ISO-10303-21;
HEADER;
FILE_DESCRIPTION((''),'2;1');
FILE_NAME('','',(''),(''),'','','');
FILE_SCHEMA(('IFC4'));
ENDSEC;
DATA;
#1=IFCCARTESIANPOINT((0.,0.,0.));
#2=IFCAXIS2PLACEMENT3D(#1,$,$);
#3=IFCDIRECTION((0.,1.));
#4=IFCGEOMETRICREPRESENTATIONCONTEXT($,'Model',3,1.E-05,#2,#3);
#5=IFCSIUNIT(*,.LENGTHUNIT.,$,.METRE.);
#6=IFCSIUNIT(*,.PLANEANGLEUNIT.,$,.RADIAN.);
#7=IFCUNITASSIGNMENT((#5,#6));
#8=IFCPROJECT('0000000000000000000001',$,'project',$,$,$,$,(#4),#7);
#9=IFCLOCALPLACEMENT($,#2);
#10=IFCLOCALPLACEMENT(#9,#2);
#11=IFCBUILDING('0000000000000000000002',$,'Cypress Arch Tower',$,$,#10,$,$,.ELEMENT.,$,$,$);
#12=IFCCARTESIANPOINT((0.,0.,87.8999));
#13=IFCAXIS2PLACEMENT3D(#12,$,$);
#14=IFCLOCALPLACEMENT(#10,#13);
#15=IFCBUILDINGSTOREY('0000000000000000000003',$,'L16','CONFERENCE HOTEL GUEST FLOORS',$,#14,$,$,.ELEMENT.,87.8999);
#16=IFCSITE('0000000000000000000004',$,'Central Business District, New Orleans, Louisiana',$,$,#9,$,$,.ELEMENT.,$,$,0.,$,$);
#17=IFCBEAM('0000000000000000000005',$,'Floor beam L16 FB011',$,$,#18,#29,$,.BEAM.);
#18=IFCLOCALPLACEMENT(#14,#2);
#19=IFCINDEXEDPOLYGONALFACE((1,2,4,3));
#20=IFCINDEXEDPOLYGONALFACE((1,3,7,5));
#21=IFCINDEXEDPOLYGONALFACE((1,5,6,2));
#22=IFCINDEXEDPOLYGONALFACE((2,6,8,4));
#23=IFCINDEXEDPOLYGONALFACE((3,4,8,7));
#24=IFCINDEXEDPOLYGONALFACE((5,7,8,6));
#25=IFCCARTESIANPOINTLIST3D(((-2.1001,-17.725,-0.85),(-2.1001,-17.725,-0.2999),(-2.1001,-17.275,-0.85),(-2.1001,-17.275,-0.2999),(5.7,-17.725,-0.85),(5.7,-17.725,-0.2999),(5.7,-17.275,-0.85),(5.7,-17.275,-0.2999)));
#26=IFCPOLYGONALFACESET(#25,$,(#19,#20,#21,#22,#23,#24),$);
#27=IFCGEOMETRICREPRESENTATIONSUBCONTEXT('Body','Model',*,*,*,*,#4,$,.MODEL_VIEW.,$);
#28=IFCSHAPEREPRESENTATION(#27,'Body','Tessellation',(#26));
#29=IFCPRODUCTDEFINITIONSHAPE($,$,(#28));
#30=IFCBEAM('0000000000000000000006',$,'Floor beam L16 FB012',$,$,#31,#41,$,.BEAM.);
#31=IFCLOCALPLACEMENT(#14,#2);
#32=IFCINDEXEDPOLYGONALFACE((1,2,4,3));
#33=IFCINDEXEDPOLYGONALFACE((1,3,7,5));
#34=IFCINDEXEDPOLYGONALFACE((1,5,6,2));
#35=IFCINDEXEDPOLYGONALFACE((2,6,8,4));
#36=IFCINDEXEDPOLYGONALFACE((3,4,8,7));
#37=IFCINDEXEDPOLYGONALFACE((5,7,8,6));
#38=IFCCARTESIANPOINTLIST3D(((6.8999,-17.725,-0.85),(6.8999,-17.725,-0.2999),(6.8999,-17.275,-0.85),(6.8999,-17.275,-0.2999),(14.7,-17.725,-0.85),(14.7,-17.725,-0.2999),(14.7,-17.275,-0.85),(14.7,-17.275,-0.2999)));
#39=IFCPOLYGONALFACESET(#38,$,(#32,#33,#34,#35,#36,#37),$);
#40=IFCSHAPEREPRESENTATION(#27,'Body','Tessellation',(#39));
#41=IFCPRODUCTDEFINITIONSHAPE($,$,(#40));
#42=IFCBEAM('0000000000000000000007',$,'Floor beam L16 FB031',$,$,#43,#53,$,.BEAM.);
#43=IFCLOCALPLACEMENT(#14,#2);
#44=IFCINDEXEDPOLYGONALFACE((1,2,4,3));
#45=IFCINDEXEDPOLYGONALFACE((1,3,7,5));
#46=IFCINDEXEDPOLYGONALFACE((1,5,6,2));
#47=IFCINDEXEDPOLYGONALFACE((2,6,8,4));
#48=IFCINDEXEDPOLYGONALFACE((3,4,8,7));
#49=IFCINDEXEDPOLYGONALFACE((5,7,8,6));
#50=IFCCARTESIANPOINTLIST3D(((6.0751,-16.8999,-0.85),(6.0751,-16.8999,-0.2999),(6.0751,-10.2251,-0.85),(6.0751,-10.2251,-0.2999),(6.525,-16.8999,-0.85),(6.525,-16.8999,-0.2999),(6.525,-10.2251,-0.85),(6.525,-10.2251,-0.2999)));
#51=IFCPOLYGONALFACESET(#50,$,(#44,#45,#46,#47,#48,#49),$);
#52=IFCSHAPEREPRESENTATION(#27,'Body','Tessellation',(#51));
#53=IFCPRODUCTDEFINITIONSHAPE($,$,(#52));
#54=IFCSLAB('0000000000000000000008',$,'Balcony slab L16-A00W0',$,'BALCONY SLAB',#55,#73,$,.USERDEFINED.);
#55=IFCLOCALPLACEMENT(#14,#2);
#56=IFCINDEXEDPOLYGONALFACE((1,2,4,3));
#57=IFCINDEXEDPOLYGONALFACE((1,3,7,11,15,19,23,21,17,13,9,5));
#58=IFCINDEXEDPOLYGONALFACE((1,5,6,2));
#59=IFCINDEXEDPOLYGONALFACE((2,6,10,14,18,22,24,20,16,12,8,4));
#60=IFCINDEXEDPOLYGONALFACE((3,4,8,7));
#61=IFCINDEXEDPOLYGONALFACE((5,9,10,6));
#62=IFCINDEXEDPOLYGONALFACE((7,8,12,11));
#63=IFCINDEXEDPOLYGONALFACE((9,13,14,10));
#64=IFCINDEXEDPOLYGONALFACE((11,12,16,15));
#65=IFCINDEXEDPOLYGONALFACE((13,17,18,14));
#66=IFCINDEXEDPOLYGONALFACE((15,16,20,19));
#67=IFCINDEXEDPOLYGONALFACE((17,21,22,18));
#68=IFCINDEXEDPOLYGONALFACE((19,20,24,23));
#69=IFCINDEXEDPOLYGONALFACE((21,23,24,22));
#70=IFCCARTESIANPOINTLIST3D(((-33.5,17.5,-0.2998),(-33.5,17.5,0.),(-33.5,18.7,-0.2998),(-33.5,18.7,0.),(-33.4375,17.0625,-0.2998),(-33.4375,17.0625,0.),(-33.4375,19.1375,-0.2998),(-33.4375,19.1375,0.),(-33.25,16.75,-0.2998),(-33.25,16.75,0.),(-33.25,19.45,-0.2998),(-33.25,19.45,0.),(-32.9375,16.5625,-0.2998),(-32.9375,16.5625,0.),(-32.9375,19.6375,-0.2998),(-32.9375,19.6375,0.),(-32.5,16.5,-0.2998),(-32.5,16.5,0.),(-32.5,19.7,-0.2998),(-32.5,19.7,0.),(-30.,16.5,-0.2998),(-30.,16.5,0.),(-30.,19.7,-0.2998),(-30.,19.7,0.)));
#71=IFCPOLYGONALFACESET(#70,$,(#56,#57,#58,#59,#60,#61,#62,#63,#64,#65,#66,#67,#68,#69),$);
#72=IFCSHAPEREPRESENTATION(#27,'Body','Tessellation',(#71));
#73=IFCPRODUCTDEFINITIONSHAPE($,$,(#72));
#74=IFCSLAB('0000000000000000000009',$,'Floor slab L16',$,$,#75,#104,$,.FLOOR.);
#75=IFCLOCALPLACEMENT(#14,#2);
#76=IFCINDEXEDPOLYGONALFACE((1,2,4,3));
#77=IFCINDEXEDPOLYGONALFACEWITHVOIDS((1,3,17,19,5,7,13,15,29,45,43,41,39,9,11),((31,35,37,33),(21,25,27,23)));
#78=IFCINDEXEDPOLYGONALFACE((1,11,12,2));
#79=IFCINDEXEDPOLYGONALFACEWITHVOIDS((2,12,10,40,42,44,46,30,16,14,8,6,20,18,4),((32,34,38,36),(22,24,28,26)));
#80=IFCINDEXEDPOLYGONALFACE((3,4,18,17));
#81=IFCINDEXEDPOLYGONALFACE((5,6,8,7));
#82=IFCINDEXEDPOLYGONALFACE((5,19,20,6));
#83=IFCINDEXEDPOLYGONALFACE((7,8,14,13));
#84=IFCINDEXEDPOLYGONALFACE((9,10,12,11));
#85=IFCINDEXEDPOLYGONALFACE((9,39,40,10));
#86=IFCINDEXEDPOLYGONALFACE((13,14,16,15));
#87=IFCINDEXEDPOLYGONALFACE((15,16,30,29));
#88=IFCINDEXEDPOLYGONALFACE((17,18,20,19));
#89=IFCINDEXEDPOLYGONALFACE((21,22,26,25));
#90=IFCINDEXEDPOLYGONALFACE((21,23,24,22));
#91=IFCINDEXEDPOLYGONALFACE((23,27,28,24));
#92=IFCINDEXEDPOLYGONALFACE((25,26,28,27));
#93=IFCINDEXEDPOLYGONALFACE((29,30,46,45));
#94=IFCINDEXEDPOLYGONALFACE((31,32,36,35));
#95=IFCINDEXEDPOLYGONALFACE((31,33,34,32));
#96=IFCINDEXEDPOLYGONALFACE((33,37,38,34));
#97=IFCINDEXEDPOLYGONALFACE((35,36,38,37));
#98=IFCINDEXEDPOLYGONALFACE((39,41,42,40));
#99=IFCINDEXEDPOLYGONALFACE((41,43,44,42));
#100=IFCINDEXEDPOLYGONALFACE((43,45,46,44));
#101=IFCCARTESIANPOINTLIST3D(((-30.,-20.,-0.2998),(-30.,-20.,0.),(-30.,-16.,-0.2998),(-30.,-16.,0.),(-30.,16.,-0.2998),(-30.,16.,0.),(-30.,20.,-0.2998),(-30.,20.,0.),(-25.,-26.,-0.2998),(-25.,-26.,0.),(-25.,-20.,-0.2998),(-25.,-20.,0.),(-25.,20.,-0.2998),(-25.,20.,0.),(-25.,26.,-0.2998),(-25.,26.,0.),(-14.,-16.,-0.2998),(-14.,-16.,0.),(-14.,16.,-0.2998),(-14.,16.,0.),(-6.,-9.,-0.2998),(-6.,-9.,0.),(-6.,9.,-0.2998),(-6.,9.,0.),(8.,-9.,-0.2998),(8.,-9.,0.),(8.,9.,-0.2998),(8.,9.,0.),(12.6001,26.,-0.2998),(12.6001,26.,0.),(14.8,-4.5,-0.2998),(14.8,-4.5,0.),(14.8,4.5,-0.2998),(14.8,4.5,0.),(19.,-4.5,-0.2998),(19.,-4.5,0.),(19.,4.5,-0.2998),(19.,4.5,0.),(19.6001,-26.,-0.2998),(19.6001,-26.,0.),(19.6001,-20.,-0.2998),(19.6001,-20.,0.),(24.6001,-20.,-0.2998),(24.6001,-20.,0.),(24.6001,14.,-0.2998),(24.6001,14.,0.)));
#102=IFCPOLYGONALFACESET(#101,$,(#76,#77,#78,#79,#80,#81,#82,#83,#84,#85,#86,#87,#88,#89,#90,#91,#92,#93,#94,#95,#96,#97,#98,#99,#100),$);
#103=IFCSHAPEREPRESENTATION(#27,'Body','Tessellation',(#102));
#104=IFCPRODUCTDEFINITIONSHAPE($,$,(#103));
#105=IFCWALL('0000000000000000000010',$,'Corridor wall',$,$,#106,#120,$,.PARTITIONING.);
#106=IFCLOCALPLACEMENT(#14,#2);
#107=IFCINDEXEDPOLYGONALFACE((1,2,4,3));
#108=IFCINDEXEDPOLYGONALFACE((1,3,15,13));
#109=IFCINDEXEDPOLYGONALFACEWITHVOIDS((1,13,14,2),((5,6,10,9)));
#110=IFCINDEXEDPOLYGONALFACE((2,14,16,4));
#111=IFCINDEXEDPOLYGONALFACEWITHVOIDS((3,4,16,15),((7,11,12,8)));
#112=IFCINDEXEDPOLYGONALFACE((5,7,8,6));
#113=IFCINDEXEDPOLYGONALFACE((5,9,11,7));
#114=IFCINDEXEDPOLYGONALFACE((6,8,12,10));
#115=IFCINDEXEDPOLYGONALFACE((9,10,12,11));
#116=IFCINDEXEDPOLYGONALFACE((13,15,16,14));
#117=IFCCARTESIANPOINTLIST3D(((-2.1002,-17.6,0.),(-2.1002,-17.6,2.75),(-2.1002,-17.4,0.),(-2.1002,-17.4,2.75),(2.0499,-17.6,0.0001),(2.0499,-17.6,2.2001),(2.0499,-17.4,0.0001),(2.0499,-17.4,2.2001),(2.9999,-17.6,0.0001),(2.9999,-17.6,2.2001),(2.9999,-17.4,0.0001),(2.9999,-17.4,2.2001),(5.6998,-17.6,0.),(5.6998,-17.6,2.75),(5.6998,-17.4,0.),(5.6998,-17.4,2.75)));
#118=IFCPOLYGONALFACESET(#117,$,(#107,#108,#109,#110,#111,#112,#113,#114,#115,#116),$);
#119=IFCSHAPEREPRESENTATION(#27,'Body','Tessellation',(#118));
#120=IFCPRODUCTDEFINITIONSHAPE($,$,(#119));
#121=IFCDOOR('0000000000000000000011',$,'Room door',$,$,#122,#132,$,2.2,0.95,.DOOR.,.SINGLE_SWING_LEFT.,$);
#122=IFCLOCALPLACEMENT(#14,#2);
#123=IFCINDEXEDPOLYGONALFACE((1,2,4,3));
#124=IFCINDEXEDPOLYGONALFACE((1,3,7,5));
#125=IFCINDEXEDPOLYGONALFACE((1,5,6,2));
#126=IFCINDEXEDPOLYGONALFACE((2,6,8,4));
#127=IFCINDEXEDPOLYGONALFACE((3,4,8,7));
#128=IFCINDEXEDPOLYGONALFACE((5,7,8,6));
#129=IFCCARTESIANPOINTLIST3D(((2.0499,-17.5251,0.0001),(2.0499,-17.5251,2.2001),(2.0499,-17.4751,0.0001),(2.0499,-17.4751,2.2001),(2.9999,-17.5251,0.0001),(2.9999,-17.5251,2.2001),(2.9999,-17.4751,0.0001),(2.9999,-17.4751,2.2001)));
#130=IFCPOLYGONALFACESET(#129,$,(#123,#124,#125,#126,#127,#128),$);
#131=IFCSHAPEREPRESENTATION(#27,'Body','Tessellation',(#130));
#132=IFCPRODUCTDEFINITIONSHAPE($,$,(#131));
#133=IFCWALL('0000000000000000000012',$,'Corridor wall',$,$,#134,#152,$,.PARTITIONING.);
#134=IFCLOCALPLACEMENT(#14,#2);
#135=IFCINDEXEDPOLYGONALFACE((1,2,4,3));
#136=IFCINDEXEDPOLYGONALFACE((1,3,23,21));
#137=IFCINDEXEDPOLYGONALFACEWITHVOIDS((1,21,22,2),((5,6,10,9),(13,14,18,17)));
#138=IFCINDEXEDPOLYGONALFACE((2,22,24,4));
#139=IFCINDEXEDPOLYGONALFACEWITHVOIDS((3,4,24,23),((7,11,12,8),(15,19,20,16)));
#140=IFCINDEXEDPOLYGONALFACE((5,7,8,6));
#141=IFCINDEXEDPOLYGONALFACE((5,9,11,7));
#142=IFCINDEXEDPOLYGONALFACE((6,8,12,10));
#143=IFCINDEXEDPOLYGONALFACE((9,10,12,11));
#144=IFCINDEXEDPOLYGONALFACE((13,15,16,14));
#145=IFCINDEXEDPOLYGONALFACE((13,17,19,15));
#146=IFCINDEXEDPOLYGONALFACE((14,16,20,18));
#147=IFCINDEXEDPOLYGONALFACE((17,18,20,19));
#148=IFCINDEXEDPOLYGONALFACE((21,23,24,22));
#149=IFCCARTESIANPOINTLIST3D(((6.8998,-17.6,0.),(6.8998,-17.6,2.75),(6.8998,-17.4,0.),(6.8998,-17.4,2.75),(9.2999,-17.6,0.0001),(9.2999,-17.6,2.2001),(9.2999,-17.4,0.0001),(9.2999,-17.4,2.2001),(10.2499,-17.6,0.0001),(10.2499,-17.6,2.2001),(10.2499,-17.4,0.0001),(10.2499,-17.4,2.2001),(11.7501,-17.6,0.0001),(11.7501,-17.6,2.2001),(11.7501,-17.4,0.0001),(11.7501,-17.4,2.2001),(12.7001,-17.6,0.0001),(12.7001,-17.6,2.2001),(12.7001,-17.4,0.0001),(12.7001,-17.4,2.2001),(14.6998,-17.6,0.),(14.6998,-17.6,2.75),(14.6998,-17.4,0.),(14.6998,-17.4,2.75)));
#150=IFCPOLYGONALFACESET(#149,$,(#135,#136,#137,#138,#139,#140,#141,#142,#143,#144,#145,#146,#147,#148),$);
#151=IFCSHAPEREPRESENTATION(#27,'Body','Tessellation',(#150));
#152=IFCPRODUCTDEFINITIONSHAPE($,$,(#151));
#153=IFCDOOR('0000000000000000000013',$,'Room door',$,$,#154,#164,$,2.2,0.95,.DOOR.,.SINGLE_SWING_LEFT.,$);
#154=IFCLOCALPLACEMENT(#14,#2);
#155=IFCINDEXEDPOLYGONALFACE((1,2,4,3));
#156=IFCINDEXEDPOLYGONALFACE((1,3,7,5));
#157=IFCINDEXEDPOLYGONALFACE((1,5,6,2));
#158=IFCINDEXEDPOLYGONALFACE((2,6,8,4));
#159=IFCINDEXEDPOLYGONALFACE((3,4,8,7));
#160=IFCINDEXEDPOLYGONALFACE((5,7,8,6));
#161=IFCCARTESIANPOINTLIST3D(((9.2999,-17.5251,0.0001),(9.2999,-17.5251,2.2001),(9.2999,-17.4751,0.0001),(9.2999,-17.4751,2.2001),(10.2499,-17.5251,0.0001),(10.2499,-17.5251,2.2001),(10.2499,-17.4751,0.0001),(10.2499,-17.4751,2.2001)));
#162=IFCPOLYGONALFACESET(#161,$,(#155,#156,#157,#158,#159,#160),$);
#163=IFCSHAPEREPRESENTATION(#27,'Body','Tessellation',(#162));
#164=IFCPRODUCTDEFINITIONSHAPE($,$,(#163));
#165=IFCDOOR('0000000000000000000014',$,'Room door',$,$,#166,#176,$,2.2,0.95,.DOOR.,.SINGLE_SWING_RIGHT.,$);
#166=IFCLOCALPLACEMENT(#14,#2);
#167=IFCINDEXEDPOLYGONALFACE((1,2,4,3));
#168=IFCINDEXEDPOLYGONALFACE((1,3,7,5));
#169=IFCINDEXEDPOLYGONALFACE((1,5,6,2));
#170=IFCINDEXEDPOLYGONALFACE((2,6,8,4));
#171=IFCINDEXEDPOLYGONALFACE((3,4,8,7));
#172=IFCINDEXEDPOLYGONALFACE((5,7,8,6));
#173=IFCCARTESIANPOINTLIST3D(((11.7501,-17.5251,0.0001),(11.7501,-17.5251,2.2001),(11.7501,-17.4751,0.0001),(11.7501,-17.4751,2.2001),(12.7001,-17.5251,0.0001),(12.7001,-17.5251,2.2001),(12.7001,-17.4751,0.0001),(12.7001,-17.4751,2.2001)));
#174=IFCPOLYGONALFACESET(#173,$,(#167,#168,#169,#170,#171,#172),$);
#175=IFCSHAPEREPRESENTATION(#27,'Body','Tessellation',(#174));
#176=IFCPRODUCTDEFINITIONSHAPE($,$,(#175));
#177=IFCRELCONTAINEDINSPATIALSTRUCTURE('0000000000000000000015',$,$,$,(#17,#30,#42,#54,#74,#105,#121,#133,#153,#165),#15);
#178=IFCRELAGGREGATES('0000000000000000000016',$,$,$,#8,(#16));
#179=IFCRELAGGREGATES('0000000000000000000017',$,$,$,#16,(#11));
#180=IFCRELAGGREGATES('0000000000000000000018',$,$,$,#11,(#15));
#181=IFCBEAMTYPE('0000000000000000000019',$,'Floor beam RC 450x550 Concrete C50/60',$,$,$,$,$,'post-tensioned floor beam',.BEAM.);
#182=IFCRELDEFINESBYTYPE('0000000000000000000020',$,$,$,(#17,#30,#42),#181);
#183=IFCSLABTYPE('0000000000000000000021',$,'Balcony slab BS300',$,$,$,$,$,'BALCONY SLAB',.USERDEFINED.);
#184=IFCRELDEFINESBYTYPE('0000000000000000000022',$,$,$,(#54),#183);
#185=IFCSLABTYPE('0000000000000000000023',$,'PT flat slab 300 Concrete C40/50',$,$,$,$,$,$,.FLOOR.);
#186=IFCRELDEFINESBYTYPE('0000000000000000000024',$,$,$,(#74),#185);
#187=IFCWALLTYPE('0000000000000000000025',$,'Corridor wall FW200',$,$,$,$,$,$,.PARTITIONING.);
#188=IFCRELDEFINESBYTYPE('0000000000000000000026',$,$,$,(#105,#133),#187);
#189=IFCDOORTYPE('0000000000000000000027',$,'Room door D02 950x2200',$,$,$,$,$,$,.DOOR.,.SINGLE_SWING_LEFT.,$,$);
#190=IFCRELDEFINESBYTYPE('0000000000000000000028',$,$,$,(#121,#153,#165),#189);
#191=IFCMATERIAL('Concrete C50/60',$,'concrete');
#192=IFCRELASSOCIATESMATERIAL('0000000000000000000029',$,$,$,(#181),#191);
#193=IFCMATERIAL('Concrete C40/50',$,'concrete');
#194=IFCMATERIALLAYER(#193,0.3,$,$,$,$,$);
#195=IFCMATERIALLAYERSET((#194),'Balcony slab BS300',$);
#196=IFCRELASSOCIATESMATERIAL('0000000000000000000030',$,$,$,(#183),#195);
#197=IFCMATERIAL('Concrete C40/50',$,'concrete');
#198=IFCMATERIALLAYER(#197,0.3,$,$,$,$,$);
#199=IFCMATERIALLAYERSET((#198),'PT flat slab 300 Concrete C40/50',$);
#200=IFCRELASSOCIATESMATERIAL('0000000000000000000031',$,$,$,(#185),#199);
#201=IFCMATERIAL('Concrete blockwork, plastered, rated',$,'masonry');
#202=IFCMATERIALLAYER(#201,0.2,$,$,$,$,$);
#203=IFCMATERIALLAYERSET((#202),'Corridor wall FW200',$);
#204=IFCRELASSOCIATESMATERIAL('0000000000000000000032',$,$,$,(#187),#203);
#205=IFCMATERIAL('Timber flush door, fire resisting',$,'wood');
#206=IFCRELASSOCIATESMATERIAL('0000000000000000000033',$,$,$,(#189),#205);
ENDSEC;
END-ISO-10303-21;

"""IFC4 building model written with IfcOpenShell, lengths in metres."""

from ifc_helpers import new_model, si_unit, direction, frame, frame_2d, origin, origin_2d, place, context, subcontext, project, spatial, polyline, rectangle, outline, extrude, material, layer, layer_set, material_profile, profile_set, type_object, element, fill, save


model = new_model("IFC4")

# Units and contexts
model_context = context("Model", 3, precision=1e-05, world=origin(), true_north=direction((0.0, 1.0)))
body_context = subcontext(model_context, "Body", "Model", "MODEL_VIEW")
ifc_project = project(units=[si_unit("LENGTHUNIT", "METRE"), si_unit("PLANEANGLEUNIT", "RADIAN")], contexts=[model_context])

# Site, building, storey
site_placement = place(None, origin())
site = spatial("IfcSite", under=ifc_project, at=site_placement, Name="Central Business District, New Orleans, Louisiana", CompositionType="ELEMENT", RefElevation=0.0)
building_placement = place(site_placement, origin())
building = spatial("IfcBuilding", under=site, at=building_placement, Name="Cypress Arch Tower", CompositionType="ELEMENT")
storey_placement = place(building_placement, frame((0.0, 0.0, 87.8999)))
storey = spatial("IfcBuildingStorey", under=building, at=storey_placement, Name="L16", Description="CONFERENCE HOTEL GUEST FLOORS", CompositionType="ELEMENT", Elevation=87.8999)

# Beams
ifc_material_1 = material(Name="Concrete C50/60", Category="concrete")
ifc_material_profile_1 = material_profile(ifc_material_1, rectangle(XDim=0.45, YDim=0.55, at=origin_2d()), Name="RC 450x550")
ifc_profile_set_1 = profile_set([ifc_material_profile_1], Name="Concrete C50/60")
beam_type_1 = type_object("IfcBeamType", Name="Floor beam RC 450x550 Concrete C50/60", ElementType="post-tensioned floor beam", PredefinedType="BEAM", material=ifc_profile_set_1)
for number, where, z_axis, x_axis, name in (
    (1, (-2.1001, -17.5, -0.575), (1.0, 0.0, 0.0), (0.0, 1.0, 0.0), "Floor beam L16 FB011"),
    (2, (6.8999, -17.5, -0.575), (1.0, 0.0, 0.0), (0.0, 1.0, 0.0), "Floor beam L16 FB012"),
):
    element("IfcBeam", number, at=place(storey_placement, frame(where, z_axis=z_axis, x_axis=x_axis)), inside=storey, type_object=beam_type_1, Name=name, PredefinedType="BEAM", context=body_context, shape_type="SweptSolid", body=[
        extrude(rectangle(XDim=0.45, YDim=0.55, at=origin_2d()), origin(), (0.0, 0.0, 1.0), 7.8),
    ])
beam_1_placement = place(storey_placement, frame((6.3, -16.8999, -0.575), z_axis=(0.0, 1.0, 0.0), x_axis=(-1.0, 0.0, 0.0)))
element("IfcBeam", 3, at=beam_1_placement, inside=storey, type_object=beam_type_1, Name="Floor beam L16 FB031", PredefinedType="BEAM", context=body_context, shape_type="SweptSolid", body=[
    extrude(rectangle(XDim=0.45, YDim=0.55, at=origin_2d()), origin(), (0.0, 0.0, 1.0), 6.6748),
])

# Slabs
ifc_material_2 = material(Name="Concrete C40/50", Category="concrete")
ifc_layer_1 = layer(ifc_material_2, 0.3)
ifc_layer_set_1 = layer_set([ifc_layer_1], Name="Balcony slab BS300")
slab_type_1 = type_object("IfcSlabType", Name="Balcony slab BS300", ElementType="BALCONY SLAB", PredefinedType="USERDEFINED", material=ifc_layer_set_1)
slab_1_placement = place(storey_placement, frame((0.0, 0.0, -0.2998)))
element("IfcSlab", 4, at=slab_1_placement, inside=storey, type_object=slab_type_1, Name="Balcony slab L16-A00W0", ObjectType="BALCONY SLAB", PredefinedType="USERDEFINED", context=body_context, shape_type="SweptSolid", body=[
    extrude(outline(polyline([(-30.0, 19.7), (-32.5, 19.7), (-32.9375, 19.6375), (-33.25, 19.45), (-33.4375, 19.1375), (-33.5, 18.7), (-33.5, 17.5), (-33.4375, 17.0625), (-33.25, 16.75), (-32.9375, 16.5625), (-32.5, 16.5), (-30.0, 16.5), (-30.0, 19.7)])), origin(), (0.0, 0.0, 1.0), 0.2998),
])
ifc_material_3 = material(Name="Concrete C40/50", Category="concrete")
ifc_layer_2 = layer(ifc_material_3, 0.3)
ifc_layer_set_2 = layer_set([ifc_layer_2], Name="PT flat slab 300 Concrete C40/50")
slab_type_2 = type_object("IfcSlabType", Name="PT flat slab 300 Concrete C40/50", PredefinedType="FLOOR", material=ifc_layer_set_2)
slab_2_placement = place(storey_placement, frame((0.0, 0.0, -0.2998)))
element("IfcSlab", 5, at=slab_2_placement, inside=storey, type_object=slab_type_2, Name="Floor slab L16", PredefinedType="FLOOR", context=body_context, shape_type="SweptSolid", body=[
    extrude(outline(polyline([(-30.0, 20.0), (-25.0, 20.0), (-25.0, 26.0), (12.6001, 26.0), (24.6001, 14.0), (24.6001, -20.0), (19.6001, -20.0), (19.6001, -26.0), (-25.0, -26.0), (-25.0, -20.0), (-30.0, -20.0), (-30.0, -16.0), (-14.0, -16.0), (-14.0, 16.0), (-30.0, 16.0), (-30.0, 20.0)]), holes=[polyline([(-6.0, -9.0), (8.0, -9.0), (8.0, 9.0), (-6.0, 9.0), (-6.0, -9.0)]), polyline([(14.8, -4.5), (19.0, -4.5), (19.0, 4.5), (14.8, 4.5), (14.8, -4.5)])]), origin(), (0.0, 0.0, 1.0), 0.2998),
])

# Wall, opening, door
ifc_material_4 = material(Name="Concrete blockwork, plastered, rated", Category="masonry")
ifc_layer_3 = layer(ifc_material_4, 0.2)
ifc_layer_set_3 = layer_set([ifc_layer_3], Name="Corridor wall FW200")
wall_type_1 = type_object("IfcWallType", Name="Corridor wall FW200", PredefinedType="PARTITIONING", material=ifc_layer_set_3)
wall_1_placement = place(storey_placement, frame((-2.1001, -17.5, 0.0), z_axis=(0.0, 0.0, 1.0), x_axis=(1.0, 0.0, 0.0)))
wall_1 = element("IfcWall", 6, at=wall_1_placement, inside=storey, type_object=wall_type_1, Name="Corridor wall", PredefinedType="PARTITIONING", context=body_context, shape_type="SweptSolid", body=[
    extrude(rectangle(XDim=7.8, YDim=0.2, at=frame_2d((3.8999, 0.0))), origin(), (0.0, 0.0, 1.0), 2.75),
])
opening_1_placement = place(wall_1_placement, frame((4.1499, 0.0, 0.0)))
opening_1 = element("IfcOpeningElement", 7, at=opening_1_placement, cuts=wall_1, PredefinedType="OPENING", context=body_context, shape_type="SweptSolid", body=[
    extrude(rectangle(XDim=0.95, YDim=2.2, at=frame_2d((0.4751, 1.1001))), frame((0.0, 0.1099, 0.0), z_axis=(0.0, -1.0, 0.0), x_axis=(1.0, 0.0, 0.0)), (0.0, 0.0, 1.0), 0.22),
])
ifc_material_5 = material(Name="Timber flush door, fire resisting", Category="wood")
door_type_1 = type_object("IfcDoorType", Name="Room door D02 950x2200", OperationType="SINGLE_SWING_LEFT", PredefinedType="DOOR", material=ifc_material_5)
door_1_placement = place(opening_1_placement, origin())
door_1 = element("IfcDoor", 8, at=door_1_placement, inside=storey, type_object=door_type_1, Name="Room door", OperationType="SINGLE_SWING_LEFT", OverallHeight=2.2, OverallWidth=0.95, PredefinedType="DOOR", context=body_context, shape_type="SweptSolid", body=[
    extrude(rectangle(XDim=0.95, YDim=2.2, at=frame_2d((0.4751, 1.1001))), frame((0.0, 0.0249, 0.0), z_axis=(0.0, -1.0, 0.0), x_axis=(1.0, 0.0, 0.0)), (0.0, 0.0, 1.0), 0.05),
])
fill(opening_1, door_1)

# Wall, openings, doors
wall_2_placement = place(storey_placement, frame((6.8999, -17.5, 0.0), z_axis=(0.0, 0.0, 1.0), x_axis=(1.0, 0.0, 0.0)))
wall_2 = element("IfcWall", 9, at=wall_2_placement, inside=storey, type_object=wall_type_1, Name="Corridor wall", PredefinedType="PARTITIONING", context=body_context, shape_type="SweptSolid", body=[
    extrude(rectangle(XDim=7.8, YDim=0.2, at=frame_2d((3.8999, 0.0))), origin(), (0.0, 0.0, 1.0), 2.75),
])
opening_2_placement = place(wall_2_placement, frame((2.3999, 0.0, 0.0)))
opening_2 = element("IfcOpeningElement", 10, at=opening_2_placement, cuts=wall_2, PredefinedType="OPENING", context=body_context, shape_type="SweptSolid", body=[
    extrude(rectangle(XDim=0.95, YDim=2.2, at=frame_2d((0.4751, 1.1001))), frame((0.0, 0.1099, 0.0), z_axis=(0.0, -1.0, 0.0), x_axis=(1.0, 0.0, 0.0)), (0.0, 0.0, 1.0), 0.22),
])
opening_3_placement = place(wall_2_placement, frame((4.8501, 0.0, 0.0)))
opening_3 = element("IfcOpeningElement", 11, at=opening_3_placement, cuts=wall_2, PredefinedType="OPENING", context=body_context, shape_type="SweptSolid", body=[
    extrude(rectangle(XDim=0.95, YDim=2.2, at=frame_2d((0.4751, 1.1001))), frame((0.0, 0.1099, 0.0), z_axis=(0.0, -1.0, 0.0), x_axis=(1.0, 0.0, 0.0)), (0.0, 0.0, 1.0), 0.22),
])
door_2_placement = place(opening_2_placement, origin())
door_2 = element("IfcDoor", 12, at=door_2_placement, inside=storey, type_object=door_type_1, Name="Room door", OperationType="SINGLE_SWING_LEFT", OverallHeight=2.2, OverallWidth=0.95, PredefinedType="DOOR", context=body_context, shape_type="SweptSolid", body=[
    extrude(rectangle(XDim=0.95, YDim=2.2, at=frame_2d((0.4751, 1.1001))), frame((0.0, 0.0249, 0.0), z_axis=(0.0, -1.0, 0.0), x_axis=(1.0, 0.0, 0.0)), (0.0, 0.0, 1.0), 0.05),
])
fill(opening_2, door_2)
door_3_placement = place(opening_3_placement, origin())
door_3 = element("IfcDoor", 13, at=door_3_placement, inside=storey, type_object=door_type_1, Name="Room door", OperationType="SINGLE_SWING_RIGHT", OverallHeight=2.2, OverallWidth=0.95, PredefinedType="DOOR", context=body_context, shape_type="SweptSolid", body=[
    extrude(rectangle(XDim=0.95, YDim=2.2, at=frame_2d((0.4751, 1.1001))), frame((0.0, 0.0249, 0.0), z_axis=(0.0, -1.0, 0.0), x_axis=(1.0, 0.0, 0.0)), (0.0, 0.0, 1.0), 0.05),
])
fill(opening_3, door_3)

save(model, "model.ifc")
